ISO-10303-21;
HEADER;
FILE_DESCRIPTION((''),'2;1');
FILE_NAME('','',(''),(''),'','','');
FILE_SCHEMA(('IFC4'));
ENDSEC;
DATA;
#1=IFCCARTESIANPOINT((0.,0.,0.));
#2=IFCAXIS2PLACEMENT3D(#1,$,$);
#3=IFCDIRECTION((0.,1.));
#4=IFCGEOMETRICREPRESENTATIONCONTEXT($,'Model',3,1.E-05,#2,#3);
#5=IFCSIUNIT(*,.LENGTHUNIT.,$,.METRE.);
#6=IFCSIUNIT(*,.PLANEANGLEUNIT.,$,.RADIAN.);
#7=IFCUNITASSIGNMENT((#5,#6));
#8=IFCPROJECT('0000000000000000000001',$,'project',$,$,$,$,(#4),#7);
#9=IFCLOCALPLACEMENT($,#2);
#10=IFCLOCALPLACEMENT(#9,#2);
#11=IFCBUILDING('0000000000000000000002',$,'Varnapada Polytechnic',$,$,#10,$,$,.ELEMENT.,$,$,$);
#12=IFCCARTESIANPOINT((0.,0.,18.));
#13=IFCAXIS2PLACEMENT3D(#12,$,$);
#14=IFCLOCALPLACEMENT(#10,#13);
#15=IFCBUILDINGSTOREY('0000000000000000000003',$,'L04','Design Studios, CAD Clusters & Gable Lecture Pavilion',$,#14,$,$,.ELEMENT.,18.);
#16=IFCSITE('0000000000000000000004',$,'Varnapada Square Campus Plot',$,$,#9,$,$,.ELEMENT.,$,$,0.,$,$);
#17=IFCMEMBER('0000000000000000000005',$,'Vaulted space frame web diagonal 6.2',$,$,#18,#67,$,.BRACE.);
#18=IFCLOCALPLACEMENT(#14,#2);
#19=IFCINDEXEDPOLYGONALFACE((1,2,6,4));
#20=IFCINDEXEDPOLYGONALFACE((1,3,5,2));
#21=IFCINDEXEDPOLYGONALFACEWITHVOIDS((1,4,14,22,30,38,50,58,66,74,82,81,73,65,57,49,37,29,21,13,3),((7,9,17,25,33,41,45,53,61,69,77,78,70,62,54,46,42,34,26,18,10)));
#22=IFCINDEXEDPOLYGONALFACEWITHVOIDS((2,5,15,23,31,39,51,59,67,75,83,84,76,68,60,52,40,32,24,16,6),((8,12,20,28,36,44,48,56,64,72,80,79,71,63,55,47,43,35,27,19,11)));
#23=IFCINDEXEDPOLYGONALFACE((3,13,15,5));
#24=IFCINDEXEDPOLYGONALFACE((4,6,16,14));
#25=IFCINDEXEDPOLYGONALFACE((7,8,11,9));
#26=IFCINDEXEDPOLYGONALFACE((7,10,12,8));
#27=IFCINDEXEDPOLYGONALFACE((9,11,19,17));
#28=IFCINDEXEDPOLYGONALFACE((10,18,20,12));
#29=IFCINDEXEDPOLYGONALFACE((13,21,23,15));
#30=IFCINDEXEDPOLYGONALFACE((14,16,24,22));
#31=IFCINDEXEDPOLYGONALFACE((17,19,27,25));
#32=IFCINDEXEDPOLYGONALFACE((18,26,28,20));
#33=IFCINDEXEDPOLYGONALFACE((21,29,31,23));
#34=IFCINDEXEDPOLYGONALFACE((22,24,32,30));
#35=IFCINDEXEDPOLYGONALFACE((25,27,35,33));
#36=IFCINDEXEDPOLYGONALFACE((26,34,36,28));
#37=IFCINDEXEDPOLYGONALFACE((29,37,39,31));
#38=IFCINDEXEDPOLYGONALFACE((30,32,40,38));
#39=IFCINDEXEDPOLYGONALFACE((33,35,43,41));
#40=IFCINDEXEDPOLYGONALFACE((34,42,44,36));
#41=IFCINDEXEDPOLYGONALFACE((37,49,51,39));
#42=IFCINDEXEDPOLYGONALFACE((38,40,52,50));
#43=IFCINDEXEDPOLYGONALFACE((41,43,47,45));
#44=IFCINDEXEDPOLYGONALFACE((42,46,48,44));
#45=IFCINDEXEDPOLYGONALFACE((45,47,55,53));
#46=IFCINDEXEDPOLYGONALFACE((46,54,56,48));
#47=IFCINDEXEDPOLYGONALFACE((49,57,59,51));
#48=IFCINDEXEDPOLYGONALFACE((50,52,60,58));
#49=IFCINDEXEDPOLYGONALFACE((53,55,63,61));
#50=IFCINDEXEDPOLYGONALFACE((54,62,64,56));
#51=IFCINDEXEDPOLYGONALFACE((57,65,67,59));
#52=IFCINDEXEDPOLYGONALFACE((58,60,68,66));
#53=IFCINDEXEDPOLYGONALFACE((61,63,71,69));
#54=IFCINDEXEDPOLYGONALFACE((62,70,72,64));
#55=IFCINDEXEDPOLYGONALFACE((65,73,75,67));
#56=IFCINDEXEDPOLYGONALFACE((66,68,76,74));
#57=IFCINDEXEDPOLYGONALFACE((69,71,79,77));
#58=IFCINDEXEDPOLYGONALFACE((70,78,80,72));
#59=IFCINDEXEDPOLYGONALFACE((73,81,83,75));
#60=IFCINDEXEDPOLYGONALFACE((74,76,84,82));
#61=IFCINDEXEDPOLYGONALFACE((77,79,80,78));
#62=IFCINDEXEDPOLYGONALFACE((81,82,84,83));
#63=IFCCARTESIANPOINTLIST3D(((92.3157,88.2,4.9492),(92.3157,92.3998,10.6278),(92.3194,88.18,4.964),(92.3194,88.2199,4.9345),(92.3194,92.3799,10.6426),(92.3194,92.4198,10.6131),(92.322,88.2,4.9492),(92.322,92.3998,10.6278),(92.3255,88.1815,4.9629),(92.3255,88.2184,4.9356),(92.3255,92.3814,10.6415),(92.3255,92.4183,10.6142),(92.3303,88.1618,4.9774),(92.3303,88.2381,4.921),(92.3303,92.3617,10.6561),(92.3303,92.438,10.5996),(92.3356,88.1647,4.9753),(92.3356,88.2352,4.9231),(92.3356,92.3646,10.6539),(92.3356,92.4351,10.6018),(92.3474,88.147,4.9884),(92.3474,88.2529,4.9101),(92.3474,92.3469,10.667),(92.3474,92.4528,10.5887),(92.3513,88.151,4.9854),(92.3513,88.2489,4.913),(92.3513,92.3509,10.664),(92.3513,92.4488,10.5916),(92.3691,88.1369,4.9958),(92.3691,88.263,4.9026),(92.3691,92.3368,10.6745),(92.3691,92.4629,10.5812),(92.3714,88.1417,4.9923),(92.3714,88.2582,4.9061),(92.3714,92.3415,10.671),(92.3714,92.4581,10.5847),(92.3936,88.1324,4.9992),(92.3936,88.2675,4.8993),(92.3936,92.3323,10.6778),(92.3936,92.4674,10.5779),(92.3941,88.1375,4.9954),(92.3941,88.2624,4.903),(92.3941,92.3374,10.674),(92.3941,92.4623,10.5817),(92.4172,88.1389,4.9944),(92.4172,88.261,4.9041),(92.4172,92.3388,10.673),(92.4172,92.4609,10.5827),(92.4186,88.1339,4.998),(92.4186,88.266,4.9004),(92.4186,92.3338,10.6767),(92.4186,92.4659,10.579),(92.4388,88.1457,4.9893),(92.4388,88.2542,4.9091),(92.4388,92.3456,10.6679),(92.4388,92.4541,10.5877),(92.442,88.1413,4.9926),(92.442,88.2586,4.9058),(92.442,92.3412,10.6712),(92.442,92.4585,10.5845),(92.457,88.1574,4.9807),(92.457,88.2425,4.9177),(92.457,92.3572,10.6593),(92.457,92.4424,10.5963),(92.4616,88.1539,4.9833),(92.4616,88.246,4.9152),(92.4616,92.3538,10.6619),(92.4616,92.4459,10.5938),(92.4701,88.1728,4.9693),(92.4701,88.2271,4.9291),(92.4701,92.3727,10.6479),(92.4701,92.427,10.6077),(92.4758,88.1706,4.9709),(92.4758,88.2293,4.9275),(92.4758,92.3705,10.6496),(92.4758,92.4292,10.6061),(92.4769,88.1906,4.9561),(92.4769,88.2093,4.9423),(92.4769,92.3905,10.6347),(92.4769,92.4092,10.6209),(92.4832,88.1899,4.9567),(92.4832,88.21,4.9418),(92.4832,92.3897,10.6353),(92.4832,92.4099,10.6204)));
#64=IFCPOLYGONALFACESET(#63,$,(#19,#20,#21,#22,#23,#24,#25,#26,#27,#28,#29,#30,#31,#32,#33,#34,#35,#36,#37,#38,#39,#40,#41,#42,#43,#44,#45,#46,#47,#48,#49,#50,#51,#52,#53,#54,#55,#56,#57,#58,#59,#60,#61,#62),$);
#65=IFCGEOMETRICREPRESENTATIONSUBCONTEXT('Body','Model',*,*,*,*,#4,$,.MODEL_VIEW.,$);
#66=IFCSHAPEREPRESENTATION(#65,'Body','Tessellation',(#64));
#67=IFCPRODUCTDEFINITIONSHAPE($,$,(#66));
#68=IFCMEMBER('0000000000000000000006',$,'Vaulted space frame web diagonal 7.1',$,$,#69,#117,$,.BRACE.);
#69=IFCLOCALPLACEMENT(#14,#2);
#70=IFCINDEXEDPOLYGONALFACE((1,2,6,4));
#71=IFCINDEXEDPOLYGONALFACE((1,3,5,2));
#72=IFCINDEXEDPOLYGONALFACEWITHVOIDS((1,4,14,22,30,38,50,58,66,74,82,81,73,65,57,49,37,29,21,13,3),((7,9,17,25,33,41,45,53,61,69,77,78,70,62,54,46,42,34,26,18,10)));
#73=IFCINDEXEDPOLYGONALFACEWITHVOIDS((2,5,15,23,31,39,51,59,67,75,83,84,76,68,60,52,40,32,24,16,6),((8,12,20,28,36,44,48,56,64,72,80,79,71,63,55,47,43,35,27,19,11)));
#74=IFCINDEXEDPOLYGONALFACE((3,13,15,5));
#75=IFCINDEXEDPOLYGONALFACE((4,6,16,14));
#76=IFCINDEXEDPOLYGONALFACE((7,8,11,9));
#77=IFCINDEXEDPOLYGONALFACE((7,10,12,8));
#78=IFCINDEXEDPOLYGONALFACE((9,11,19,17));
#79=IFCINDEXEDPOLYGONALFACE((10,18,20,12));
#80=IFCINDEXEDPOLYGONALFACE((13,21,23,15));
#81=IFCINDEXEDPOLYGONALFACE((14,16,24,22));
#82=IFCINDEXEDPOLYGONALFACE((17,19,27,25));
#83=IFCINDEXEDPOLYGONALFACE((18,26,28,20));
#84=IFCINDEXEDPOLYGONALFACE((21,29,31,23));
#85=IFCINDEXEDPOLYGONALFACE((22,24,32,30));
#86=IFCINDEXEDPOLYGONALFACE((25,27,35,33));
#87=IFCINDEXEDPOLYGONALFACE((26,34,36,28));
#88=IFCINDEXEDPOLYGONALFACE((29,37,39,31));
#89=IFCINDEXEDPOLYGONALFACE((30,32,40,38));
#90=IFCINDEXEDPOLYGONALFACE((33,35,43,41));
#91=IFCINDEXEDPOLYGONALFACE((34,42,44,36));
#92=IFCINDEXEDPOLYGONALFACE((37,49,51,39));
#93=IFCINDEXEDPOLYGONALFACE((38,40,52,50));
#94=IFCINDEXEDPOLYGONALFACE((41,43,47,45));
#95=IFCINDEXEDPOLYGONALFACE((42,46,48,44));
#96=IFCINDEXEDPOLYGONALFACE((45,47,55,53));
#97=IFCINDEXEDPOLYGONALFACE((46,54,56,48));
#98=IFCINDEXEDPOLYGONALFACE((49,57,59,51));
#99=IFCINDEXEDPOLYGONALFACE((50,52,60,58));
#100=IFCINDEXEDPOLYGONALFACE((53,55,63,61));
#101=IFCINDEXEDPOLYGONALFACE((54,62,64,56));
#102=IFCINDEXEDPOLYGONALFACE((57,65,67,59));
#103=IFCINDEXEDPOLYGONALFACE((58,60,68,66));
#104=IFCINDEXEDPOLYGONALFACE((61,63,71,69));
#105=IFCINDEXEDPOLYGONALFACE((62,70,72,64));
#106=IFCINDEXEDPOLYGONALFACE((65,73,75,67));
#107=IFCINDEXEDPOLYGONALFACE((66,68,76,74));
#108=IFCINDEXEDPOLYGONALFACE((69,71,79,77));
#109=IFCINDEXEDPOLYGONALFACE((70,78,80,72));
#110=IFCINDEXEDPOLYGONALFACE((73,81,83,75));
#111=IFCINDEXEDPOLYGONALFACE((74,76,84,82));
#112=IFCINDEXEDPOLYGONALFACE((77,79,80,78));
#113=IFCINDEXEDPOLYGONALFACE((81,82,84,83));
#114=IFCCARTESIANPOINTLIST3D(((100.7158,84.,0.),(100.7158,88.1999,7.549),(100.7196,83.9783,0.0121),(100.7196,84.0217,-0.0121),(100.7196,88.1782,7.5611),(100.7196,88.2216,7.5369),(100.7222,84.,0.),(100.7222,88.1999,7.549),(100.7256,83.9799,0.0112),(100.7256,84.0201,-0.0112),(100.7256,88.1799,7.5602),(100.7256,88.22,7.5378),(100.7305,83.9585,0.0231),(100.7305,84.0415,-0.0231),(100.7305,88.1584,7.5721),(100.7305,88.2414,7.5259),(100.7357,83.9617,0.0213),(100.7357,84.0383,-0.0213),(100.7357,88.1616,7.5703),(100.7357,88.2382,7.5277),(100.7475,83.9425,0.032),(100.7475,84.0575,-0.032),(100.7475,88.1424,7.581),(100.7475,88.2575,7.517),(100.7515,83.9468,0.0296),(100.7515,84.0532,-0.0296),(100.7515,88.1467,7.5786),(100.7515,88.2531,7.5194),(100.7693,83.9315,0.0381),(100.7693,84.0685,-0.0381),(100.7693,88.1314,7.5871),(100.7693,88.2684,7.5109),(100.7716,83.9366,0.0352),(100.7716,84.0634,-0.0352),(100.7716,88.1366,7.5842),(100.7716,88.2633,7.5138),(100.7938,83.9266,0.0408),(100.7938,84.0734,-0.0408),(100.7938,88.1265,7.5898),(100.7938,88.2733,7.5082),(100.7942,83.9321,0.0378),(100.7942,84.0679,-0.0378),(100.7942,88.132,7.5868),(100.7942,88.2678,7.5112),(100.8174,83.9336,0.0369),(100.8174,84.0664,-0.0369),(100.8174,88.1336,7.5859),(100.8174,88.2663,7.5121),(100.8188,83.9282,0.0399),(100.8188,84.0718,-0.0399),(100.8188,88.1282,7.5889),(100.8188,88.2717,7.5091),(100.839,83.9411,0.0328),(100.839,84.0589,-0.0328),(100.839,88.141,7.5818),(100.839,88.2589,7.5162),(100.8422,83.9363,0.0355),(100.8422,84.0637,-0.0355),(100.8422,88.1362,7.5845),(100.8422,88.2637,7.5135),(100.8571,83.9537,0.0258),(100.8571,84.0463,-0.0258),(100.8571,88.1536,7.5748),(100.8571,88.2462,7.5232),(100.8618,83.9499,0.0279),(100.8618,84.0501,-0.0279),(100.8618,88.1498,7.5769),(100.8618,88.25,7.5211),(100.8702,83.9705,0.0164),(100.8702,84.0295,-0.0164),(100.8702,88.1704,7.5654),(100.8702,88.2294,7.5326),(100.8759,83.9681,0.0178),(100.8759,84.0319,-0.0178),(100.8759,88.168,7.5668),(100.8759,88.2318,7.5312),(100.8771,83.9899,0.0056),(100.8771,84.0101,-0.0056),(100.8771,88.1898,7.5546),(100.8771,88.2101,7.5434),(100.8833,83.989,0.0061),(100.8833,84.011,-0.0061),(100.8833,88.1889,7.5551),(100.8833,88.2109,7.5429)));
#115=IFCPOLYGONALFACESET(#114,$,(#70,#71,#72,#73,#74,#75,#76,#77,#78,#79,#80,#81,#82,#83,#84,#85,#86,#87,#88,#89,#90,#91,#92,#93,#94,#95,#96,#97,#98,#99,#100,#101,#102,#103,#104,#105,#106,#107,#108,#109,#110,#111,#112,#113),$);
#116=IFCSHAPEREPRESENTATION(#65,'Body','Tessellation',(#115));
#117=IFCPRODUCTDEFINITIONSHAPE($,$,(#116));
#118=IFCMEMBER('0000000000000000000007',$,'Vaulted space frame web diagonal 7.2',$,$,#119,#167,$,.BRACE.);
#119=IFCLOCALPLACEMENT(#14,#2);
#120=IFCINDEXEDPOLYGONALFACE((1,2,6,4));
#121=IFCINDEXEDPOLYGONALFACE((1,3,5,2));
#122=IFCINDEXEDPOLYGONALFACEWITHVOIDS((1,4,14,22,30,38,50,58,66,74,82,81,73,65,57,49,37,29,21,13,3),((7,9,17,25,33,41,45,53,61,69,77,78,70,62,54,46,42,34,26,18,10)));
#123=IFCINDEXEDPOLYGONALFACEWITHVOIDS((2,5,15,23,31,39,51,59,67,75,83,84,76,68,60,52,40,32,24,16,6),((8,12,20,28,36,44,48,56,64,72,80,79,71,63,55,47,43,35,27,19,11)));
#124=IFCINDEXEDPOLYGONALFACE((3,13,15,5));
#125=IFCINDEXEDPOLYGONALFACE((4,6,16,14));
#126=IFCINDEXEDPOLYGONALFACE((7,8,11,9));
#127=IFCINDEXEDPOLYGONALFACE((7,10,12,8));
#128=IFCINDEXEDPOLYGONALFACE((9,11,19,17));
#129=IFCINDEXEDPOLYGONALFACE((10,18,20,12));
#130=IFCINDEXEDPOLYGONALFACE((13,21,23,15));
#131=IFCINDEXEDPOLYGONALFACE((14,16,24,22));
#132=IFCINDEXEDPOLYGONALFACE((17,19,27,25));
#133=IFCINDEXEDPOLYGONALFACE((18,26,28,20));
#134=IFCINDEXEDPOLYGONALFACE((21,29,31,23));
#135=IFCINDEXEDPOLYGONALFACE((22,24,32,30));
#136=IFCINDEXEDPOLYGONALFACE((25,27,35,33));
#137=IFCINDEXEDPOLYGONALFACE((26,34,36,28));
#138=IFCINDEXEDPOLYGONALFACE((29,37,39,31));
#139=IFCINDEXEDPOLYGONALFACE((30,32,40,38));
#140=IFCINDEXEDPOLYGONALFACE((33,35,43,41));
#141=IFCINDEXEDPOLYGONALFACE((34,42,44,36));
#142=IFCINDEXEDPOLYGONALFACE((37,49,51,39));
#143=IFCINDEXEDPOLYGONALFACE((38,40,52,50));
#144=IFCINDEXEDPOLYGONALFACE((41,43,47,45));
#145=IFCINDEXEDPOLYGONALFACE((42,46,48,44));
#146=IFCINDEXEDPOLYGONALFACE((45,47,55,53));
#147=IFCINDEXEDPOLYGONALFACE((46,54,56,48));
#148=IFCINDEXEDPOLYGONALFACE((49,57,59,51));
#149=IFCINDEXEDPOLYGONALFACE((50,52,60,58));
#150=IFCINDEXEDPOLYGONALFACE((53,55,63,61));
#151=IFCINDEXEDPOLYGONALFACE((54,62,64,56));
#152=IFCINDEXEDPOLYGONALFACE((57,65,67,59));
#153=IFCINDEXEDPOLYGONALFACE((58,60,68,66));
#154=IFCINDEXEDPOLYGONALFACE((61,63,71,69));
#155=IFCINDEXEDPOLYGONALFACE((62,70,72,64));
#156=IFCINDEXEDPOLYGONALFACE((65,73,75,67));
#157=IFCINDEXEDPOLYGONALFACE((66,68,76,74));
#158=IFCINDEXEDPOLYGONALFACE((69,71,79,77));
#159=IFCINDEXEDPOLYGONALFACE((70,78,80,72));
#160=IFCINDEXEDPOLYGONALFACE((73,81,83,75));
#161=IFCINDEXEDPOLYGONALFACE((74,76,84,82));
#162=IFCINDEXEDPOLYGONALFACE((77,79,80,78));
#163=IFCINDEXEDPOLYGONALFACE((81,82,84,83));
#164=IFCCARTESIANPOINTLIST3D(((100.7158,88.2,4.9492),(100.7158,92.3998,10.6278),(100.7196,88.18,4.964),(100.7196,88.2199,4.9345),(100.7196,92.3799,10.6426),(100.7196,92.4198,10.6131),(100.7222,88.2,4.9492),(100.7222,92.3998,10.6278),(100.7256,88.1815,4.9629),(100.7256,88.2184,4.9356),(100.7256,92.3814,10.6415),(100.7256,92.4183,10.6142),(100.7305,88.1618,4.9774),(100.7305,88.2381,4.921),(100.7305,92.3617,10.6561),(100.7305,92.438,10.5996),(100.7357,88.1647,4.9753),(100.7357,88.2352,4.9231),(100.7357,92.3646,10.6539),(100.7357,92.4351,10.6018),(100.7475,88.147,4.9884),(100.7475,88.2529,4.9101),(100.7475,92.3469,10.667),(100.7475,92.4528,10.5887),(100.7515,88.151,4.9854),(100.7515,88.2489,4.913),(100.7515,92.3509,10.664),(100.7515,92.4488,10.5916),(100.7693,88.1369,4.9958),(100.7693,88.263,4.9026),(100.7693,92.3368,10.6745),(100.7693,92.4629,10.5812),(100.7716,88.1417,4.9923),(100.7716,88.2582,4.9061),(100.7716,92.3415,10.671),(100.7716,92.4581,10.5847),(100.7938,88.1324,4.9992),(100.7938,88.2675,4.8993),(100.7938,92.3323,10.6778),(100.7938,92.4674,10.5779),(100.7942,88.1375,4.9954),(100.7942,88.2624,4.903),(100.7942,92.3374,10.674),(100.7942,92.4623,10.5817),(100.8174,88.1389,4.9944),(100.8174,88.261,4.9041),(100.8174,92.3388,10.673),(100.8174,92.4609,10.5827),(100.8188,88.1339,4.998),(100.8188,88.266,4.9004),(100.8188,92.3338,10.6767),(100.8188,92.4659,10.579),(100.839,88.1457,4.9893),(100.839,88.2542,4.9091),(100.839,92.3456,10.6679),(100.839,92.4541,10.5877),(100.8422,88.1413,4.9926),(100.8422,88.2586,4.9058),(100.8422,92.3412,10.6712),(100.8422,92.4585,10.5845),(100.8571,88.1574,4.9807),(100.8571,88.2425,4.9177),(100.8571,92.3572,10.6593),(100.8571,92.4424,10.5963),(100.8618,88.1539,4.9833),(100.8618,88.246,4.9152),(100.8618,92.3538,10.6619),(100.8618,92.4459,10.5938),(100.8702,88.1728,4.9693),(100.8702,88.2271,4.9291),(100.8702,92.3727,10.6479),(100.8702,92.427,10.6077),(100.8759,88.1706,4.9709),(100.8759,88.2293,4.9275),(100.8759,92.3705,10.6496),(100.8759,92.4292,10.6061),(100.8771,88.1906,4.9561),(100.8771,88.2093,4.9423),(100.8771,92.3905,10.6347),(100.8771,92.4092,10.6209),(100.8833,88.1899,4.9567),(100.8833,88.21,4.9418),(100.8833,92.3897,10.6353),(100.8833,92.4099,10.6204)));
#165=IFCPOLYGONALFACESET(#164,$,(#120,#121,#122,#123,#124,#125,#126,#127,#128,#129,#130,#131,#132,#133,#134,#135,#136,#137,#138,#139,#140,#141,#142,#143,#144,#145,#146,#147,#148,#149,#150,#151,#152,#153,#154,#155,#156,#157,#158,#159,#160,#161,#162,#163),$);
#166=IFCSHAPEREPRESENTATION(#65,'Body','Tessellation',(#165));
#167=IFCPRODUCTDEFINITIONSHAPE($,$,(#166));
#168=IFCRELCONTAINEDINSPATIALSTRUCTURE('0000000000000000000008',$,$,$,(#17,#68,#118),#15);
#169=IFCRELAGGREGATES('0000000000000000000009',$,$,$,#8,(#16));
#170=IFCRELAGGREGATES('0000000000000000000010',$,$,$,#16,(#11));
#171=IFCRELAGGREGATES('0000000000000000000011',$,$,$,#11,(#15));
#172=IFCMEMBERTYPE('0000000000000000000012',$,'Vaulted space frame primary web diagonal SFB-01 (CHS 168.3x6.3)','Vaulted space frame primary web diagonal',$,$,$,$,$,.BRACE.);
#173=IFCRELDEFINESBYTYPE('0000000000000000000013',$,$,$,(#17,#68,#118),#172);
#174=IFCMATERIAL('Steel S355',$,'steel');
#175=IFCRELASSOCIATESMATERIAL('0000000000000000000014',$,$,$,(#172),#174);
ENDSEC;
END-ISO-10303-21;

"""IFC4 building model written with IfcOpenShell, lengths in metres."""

from ifc_helpers import new_model, si_unit, direction, frame, origin, origin_2d, place, context, subcontext, project, spatial, hollow_circle, extrude, material, material_profile, profile_set, type_object, element, save


model = new_model("IFC4")

# Units and contexts
model_context = context("Model", 3, precision=1e-05, world=origin(), true_north=direction((0.0, 1.0)))
body_context = subcontext(model_context, "Body", "Model", "MODEL_VIEW")
ifc_project = project(units=[si_unit("LENGTHUNIT", "METRE"), si_unit("PLANEANGLEUNIT", "RADIAN")], contexts=[model_context])

# Site, building, storey
site_placement = place(None, origin())
site = spatial("IfcSite", under=ifc_project, at=site_placement, Name="Varnapada Square Campus Plot", CompositionType="ELEMENT", RefElevation=0.0)
building_placement = place(site_placement, origin())
building = spatial("IfcBuilding", under=site, at=building_placement, Name="Varnapada Polytechnic", CompositionType="ELEMENT")
storey_placement = place(building_placement, frame((0.0, 0.0, 18.0)))
storey = spatial("IfcBuildingStorey", under=building, at=storey_placement, Name="L04", Description="Design Studios, CAD Clusters & Gable Lecture Pavilion", CompositionType="ELEMENT", Elevation=18.0)

# Shared definitions
ifc_material = material(Name="Steel S355", Category="steel")

# Members
ifc_material_profile_1 = material_profile(ifc_material, hollow_circle(Radius=0.0842, WallThickness=0.0063, at=origin_2d()), Name="CHS 168.3x6.3")
ifc_profile_set_1 = profile_set([ifc_material_profile_1], Name="Steel S355")
member_type_1 = type_object("IfcMemberType", Name="Vaulted space frame primary web diagonal SFB-01 (CHS 168.3x6.3)", Description="Vaulted space frame primary web diagonal", PredefinedType="BRACE", material=ifc_profile_set_1)
member_1_placement = place(storey_placement, frame((92.3999, 88.2, 4.9492), z_axis=(0.0, 0.594633, 0.803997), x_axis=(-1.0, 0.0, 0.0)))
element("IfcMember", 1, at=member_1_placement, inside=storey, type_object=member_type_1, Name="Vaulted space frame web diagonal 6.2", PredefinedType="BRACE", context=body_context, shape_type="SweptSolid", body=[
    extrude(hollow_circle(Radius=0.0842, WallThickness=0.0063, at=origin_2d()), origin(), (0.0, 0.0, 1.0), 7.063),
])
member_2_placement = place(storey_placement, frame((100.8, 84.0, 0.0), z_axis=(0.0, 0.486176, 0.873861), x_axis=(-1.0, 0.0, 0.0)))
element("IfcMember", 2, at=member_2_placement, inside=storey, type_object=member_type_1, Name="Vaulted space frame web diagonal 7.1", PredefinedType="BRACE", context=body_context, shape_type="SweptSolid", body=[
    extrude(hollow_circle(Radius=0.0842, WallThickness=0.0063, at=origin_2d()), origin(), (0.0, 0.0, 1.0), 8.6387),
])
member_3_placement = place(storey_placement, frame((100.8, 88.2, 4.9492), z_axis=(0.0, 0.594633, 0.803997), x_axis=(-1.0, 0.0, 0.0)))
element("IfcMember", 3, at=member_3_placement, inside=storey, type_object=member_type_1, Name="Vaulted space frame web diagonal 7.2", PredefinedType="BRACE", context=body_context, shape_type="SweptSolid", body=[
    extrude(hollow_circle(Radius=0.0842, WallThickness=0.0063, at=origin_2d()), origin(), (0.0, 0.0, 1.0), 7.063),
])

save(model, "model.ifc")
